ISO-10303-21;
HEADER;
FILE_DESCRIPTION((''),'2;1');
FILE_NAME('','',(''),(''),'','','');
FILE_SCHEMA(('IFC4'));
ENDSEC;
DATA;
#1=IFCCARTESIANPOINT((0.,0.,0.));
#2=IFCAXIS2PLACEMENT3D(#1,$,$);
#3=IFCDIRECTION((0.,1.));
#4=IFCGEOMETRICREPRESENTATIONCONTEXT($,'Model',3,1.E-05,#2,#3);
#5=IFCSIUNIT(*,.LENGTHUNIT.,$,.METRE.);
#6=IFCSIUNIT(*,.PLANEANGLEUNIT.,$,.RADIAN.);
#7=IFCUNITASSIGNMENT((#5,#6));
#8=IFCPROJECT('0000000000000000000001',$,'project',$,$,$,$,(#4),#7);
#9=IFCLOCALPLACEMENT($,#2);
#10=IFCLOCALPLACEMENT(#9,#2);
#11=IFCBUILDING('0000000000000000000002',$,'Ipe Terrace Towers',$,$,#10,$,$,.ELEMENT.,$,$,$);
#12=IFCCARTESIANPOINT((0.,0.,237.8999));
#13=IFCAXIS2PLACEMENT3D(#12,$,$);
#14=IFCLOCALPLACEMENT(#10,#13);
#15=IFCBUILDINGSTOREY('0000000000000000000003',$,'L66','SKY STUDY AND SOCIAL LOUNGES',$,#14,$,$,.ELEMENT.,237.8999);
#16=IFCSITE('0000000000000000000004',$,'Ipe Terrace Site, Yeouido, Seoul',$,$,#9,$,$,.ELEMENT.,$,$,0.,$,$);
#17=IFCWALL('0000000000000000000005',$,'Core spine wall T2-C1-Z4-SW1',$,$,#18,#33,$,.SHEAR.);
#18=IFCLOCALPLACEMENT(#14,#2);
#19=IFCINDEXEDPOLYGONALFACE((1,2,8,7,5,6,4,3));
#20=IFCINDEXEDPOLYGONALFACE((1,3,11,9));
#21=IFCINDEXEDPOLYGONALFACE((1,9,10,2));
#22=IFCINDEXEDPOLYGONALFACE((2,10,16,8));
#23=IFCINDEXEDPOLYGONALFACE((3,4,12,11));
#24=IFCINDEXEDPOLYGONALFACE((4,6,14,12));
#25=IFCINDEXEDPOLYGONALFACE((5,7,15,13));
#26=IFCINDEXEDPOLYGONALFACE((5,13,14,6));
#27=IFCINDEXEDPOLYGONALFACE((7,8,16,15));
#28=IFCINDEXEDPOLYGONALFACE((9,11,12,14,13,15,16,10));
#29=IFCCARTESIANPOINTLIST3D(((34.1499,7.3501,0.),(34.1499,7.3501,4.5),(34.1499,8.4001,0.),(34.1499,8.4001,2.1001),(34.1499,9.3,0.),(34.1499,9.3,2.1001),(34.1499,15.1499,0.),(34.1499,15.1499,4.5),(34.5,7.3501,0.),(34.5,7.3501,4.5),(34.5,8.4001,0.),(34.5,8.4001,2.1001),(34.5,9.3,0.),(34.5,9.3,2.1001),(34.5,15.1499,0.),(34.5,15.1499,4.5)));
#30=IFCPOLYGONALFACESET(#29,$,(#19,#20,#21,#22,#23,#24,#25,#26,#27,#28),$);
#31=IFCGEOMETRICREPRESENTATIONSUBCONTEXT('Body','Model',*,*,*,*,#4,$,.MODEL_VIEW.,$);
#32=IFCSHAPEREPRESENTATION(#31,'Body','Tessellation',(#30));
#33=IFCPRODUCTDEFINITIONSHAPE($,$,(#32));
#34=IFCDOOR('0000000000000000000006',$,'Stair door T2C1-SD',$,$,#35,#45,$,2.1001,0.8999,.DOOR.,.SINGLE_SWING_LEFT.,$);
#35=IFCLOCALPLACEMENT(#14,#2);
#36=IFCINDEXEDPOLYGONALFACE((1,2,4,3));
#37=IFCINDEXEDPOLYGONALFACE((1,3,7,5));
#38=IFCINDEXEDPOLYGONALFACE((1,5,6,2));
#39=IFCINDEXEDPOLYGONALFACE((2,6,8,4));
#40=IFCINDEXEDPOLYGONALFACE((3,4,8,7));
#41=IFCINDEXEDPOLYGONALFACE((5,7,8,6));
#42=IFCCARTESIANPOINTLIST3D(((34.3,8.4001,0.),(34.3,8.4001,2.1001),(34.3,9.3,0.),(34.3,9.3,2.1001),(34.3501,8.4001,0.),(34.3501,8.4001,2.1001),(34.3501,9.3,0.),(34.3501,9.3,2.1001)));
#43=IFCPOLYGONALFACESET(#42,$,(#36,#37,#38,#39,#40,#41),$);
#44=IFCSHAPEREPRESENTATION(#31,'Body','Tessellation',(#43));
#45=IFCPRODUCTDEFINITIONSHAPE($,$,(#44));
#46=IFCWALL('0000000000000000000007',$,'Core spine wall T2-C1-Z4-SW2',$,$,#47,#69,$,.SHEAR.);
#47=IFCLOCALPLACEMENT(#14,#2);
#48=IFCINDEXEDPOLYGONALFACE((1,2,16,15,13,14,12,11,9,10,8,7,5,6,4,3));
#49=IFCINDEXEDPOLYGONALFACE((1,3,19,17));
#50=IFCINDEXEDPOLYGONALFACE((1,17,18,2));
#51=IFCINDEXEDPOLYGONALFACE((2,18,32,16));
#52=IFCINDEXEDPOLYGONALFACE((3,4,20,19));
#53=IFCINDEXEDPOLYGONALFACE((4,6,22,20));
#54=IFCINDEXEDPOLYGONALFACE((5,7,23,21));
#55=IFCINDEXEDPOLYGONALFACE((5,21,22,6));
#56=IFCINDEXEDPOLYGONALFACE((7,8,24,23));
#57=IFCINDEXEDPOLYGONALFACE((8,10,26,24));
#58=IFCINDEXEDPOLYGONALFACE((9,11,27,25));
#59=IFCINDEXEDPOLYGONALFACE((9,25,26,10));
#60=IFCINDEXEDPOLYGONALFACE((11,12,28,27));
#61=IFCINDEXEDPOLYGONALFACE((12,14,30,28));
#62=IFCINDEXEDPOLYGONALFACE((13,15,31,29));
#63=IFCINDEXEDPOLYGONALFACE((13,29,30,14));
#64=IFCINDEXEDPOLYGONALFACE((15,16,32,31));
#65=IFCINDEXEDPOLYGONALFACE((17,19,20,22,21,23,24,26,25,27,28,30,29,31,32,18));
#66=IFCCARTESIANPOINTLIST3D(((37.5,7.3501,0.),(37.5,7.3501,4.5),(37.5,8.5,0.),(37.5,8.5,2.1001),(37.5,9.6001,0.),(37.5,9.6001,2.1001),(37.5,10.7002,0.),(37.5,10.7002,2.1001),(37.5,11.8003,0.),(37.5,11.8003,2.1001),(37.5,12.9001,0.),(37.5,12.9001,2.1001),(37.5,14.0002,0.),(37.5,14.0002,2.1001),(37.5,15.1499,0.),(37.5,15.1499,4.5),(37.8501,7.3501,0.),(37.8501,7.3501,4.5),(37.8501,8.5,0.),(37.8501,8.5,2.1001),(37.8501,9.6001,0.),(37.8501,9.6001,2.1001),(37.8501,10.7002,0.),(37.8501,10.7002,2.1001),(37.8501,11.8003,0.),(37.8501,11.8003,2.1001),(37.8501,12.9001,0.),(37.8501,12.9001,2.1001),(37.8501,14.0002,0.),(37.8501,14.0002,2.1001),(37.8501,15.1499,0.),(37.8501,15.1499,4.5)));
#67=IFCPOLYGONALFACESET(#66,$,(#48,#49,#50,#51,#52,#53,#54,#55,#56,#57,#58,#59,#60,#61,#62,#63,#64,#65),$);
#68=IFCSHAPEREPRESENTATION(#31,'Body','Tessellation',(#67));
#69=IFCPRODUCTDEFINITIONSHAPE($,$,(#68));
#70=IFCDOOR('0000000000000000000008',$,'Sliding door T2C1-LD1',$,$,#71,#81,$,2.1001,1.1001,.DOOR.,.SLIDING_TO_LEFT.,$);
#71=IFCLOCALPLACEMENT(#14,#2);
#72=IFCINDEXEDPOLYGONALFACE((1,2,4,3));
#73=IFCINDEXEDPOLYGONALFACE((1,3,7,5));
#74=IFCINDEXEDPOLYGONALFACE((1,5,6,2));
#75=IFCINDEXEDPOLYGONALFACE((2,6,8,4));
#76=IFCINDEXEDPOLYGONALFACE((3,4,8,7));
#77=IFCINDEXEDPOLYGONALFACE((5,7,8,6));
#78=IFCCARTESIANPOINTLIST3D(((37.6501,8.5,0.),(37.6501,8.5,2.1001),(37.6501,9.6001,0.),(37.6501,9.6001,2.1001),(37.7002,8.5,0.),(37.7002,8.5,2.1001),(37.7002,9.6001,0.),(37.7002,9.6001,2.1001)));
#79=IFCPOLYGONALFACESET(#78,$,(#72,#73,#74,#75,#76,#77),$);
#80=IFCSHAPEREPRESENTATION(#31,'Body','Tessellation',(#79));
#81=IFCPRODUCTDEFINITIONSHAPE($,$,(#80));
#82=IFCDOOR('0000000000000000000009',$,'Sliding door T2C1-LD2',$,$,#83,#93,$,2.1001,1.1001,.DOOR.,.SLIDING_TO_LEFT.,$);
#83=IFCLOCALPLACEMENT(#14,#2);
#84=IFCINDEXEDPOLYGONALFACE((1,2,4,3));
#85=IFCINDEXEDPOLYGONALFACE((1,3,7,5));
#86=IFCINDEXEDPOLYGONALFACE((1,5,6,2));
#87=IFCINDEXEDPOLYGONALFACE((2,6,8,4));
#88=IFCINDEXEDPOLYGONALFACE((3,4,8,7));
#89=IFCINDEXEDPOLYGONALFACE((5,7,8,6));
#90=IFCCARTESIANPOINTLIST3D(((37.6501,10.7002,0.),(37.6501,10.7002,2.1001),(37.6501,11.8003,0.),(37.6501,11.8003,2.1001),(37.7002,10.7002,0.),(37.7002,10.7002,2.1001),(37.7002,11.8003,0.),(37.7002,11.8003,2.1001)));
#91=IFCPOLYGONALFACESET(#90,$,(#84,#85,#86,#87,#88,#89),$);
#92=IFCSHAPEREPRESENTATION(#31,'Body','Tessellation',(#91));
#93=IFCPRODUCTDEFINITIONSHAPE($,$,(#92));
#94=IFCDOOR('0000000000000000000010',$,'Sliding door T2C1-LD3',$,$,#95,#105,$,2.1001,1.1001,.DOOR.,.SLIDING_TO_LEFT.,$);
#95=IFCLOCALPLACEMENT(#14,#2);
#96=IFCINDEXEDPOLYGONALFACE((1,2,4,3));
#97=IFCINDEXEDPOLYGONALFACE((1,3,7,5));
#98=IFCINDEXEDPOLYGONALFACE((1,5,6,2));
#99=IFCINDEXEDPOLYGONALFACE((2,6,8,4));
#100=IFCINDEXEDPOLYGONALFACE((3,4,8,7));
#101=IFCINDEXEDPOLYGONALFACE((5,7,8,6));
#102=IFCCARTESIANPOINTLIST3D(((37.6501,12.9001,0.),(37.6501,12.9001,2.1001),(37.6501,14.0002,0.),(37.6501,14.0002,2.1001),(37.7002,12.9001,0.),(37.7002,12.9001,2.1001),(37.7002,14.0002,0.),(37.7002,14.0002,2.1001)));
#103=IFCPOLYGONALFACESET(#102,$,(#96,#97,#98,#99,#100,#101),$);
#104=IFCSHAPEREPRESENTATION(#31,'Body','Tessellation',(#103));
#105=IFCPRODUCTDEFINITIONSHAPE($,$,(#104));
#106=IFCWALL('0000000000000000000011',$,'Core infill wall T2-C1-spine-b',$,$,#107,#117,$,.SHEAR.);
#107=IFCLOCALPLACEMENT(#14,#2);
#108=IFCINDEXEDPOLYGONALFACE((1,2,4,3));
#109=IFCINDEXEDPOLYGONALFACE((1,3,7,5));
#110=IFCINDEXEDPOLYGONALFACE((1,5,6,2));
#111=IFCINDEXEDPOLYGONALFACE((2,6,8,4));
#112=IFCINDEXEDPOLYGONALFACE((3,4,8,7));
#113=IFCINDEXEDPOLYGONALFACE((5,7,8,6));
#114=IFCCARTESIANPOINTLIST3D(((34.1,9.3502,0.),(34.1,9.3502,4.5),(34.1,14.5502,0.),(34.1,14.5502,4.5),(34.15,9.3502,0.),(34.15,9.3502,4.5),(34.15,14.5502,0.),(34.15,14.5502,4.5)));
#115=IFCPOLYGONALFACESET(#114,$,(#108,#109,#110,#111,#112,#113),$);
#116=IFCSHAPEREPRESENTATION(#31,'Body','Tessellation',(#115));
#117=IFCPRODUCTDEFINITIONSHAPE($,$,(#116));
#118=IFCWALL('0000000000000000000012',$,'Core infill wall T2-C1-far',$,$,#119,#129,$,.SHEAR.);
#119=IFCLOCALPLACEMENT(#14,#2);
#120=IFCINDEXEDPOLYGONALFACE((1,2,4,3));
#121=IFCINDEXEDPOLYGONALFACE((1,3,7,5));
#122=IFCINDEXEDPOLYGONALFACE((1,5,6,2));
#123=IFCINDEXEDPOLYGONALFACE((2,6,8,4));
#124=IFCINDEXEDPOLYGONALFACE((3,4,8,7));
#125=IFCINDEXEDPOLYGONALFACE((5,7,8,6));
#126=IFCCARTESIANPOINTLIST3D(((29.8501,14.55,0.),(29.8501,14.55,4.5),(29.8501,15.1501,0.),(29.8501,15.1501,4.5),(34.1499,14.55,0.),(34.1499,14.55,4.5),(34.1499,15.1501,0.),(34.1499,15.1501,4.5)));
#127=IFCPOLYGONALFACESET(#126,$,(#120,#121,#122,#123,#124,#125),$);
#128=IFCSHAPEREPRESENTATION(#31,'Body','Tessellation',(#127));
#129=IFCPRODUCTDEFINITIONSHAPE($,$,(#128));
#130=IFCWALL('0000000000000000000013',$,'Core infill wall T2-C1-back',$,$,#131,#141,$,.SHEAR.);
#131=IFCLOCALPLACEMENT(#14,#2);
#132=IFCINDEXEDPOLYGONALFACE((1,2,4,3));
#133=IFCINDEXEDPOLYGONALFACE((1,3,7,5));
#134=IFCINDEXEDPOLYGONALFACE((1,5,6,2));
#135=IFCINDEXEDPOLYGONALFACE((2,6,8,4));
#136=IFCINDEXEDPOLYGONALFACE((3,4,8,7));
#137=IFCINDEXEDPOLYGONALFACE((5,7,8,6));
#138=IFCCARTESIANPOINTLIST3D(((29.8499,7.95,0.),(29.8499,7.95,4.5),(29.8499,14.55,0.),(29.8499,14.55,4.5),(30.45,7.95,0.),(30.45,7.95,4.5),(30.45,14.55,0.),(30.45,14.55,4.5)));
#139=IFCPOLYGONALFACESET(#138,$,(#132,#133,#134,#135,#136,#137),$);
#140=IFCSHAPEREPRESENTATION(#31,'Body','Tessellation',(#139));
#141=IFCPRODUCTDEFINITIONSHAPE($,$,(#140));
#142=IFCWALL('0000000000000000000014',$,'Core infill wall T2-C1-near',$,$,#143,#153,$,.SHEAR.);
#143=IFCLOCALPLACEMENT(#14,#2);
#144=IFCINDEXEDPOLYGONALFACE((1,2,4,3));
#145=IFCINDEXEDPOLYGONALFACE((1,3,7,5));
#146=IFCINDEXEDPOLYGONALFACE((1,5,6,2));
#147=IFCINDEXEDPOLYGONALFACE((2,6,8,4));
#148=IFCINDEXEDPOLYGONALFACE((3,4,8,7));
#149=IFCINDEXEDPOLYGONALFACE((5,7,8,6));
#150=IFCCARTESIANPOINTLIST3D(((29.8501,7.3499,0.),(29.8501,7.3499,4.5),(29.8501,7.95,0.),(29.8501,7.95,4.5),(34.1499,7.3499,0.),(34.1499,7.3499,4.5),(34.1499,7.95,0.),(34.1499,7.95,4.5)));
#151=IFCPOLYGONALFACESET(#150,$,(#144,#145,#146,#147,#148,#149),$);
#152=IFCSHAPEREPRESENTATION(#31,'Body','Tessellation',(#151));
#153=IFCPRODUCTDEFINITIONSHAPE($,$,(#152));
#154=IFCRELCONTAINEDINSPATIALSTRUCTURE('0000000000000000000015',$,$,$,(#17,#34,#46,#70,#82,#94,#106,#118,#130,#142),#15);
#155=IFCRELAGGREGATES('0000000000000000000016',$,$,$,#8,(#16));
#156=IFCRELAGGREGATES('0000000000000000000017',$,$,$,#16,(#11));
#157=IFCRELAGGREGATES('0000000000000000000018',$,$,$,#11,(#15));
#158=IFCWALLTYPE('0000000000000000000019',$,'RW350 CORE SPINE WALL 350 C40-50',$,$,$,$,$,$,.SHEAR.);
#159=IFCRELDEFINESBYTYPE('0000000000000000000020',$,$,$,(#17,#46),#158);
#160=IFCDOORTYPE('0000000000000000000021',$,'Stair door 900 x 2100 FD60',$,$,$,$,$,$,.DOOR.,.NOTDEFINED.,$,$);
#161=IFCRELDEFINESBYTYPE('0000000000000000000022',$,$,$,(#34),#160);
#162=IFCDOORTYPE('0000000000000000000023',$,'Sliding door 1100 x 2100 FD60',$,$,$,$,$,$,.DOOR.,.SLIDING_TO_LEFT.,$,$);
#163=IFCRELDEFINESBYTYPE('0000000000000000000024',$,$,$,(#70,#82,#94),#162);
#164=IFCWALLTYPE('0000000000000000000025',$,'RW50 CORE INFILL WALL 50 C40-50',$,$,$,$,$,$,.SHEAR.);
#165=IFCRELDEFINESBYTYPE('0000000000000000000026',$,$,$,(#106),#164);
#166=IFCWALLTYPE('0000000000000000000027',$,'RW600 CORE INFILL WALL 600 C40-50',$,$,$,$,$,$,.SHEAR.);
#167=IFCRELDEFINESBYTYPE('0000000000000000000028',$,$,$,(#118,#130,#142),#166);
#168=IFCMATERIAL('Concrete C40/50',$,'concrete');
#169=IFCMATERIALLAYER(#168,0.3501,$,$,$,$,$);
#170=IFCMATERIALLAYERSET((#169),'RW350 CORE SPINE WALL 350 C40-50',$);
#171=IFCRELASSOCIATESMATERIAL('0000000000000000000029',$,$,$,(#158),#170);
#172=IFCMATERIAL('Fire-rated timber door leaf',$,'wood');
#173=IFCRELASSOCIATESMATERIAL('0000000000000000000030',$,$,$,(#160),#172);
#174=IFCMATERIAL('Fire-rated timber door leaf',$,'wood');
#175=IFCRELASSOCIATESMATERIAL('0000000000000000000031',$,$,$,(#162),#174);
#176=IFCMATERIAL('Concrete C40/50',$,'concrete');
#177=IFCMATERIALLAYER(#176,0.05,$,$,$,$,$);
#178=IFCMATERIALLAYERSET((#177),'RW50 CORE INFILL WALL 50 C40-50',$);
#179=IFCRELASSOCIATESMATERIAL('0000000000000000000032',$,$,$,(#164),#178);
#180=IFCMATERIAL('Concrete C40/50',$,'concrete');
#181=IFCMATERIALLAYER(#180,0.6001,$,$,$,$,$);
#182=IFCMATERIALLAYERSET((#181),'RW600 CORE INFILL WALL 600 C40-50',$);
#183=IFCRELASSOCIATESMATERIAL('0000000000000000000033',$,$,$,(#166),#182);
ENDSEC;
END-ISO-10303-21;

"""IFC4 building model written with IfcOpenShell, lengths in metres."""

from ifc_helpers import new_model, si_unit, direction, frame, frame_2d, origin, place, context, subcontext, project, spatial, rectangle, extrude, material, layer, layer_set, type_object, element, fill, save


model = new_model("IFC4")

# Units and contexts
model_context = context("Model", 3, precision=1e-05, world=origin(), true_north=direction((0.0, 1.0)))
body_context = subcontext(model_context, "Body", "Model", "MODEL_VIEW")
ifc_project = project(units=[si_unit("LENGTHUNIT", "METRE"), si_unit("PLANEANGLEUNIT", "RADIAN")], contexts=[model_context])

# Site, building, storey
site_placement = place(None, origin())
site = spatial("IfcSite", under=ifc_project, at=site_placement, Name="Ipe Terrace Site, Yeouido, Seoul", CompositionType="ELEMENT", RefElevation=0.0)
building_placement = place(site_placement, origin())
building = spatial("IfcBuilding", under=site, at=building_placement, Name="Ipe Terrace Towers", CompositionType="ELEMENT")
storey_placement = place(building_placement, frame((0.0, 0.0, 237.8999)))
storey = spatial("IfcBuildingStorey", under=building, at=storey_placement, Name="L66", Description="SKY STUDY AND SOCIAL LOUNGES", CompositionType="ELEMENT", Elevation=237.8999)

# Wall, opening, door
ifc_material_1 = material(Name="Concrete C40/50", Category="concrete")
ifc_layer_1 = layer(ifc_material_1, 0.3501)
ifc_layer_set_1 = layer_set([ifc_layer_1], Name="RW350 CORE SPINE WALL 350 C40-50")
wall_type_1 = type_object("IfcWallType", Name="RW350 CORE SPINE WALL 350 C40-50", PredefinedType="SHEAR", material=ifc_layer_set_1)
wall_1_placement = place(storey_placement, frame((34.325, 7.3501, 0.0), z_axis=(0.0, 0.0, 1.0), x_axis=(0.0, 1.0, 0.0)))
wall_1 = element("IfcWall", 1, at=wall_1_placement, inside=storey, type_object=wall_type_1, Name="Core spine wall T2-C1-Z4-SW1", PredefinedType="SHEAR", context=body_context, shape_type="SweptSolid", body=[
    extrude(rectangle(XDim=7.7998, YDim=0.3501, at=frame_2d((3.8999, 0.0))), origin(), (0.0, 0.0, 1.0), 4.5),
])
opening_1_placement = place(wall_1_placement, frame((1.05, 0.0, 0.0)))
opening_1 = element("IfcOpeningElement", 2, at=opening_1_placement, cuts=wall_1, PredefinedType="OPENING", context=body_context, shape_type="SweptSolid", body=[
    extrude(rectangle(XDim=0.8999, YDim=2.1001, at=frame_2d((0.45, 1.05))), frame((0.0, 0.1851, 0.0), z_axis=(0.0, -1.0, 0.0), x_axis=(1.0, 0.0, 0.0)), (0.0, 0.0, 1.0), 0.3701),
])
ifc_material_2 = material(Name="Fire-rated timber door leaf", Category="wood")
door_type_1 = type_object("IfcDoorType", Name="Stair door 900 x 2100 FD60", OperationType="NOTDEFINED", PredefinedType="DOOR", material=ifc_material_2)
door_1_placement = place(opening_1_placement, origin())
door_1 = element("IfcDoor", 3, at=door_1_placement, inside=storey, type_object=door_type_1, Name="Stair door T2C1-SD", OperationType="SINGLE_SWING_LEFT", OverallHeight=2.1001, OverallWidth=0.8999, PredefinedType="DOOR", context=body_context, shape_type="SweptSolid", body=[
    extrude(rectangle(XDim=0.8999, YDim=2.1001, at=frame_2d((0.45, 1.05))), frame((0.0, 0.0249, 0.0), z_axis=(0.0, -1.0, 0.0), x_axis=(1.0, 0.0, 0.0)), (0.0, 0.0, 1.0), 0.05),
])
fill(opening_1, door_1)

# Wall, openings, doors
wall_2_placement = place(storey_placement, frame((37.675, 7.3501, 0.0), z_axis=(0.0, 0.0, 1.0), x_axis=(0.0, 1.0, 0.0)))
wall_2 = element("IfcWall", 4, at=wall_2_placement, inside=storey, type_object=wall_type_1, Name="Core spine wall T2-C1-Z4-SW2", PredefinedType="SHEAR", context=body_context, shape_type="SweptSolid", body=[
    extrude(rectangle(XDim=7.7998, YDim=0.3501, at=frame_2d((3.8999, 0.0))), origin(), (0.0, 0.0, 1.0), 4.5),
])
opening_2_placement = place(wall_2_placement, frame((1.1499, 0.0, 0.0)))
opening_2 = element("IfcOpeningElement", 5, at=opening_2_placement, cuts=wall_2, PredefinedType="OPENING", context=body_context, shape_type="SweptSolid", body=[
    extrude(rectangle(XDim=1.1001, YDim=2.1001, at=frame_2d((0.55, 1.05))), frame((0.0, 0.1851, 0.0), z_axis=(0.0, -1.0, 0.0), x_axis=(1.0, 0.0, 0.0)), (0.0, 0.0, 1.0), 0.3701),
])
opening_3_placement = place(wall_2_placement, frame((3.3501, 0.0, 0.0)))
opening_3 = element("IfcOpeningElement", 6, at=opening_3_placement, cuts=wall_2, PredefinedType="OPENING", context=body_context, shape_type="SweptSolid", body=[
    extrude(rectangle(XDim=1.1001, YDim=2.1001, at=frame_2d((0.55, 1.05))), frame((0.0, 0.1851, 0.0), z_axis=(0.0, -1.0, 0.0), x_axis=(1.0, 0.0, 0.0)), (0.0, 0.0, 1.0), 0.3701),
])
opening_4_placement = place(wall_2_placement, frame((5.55, 0.0, 0.0)))
opening_4 = element("IfcOpeningElement", 7, at=opening_4_placement, cuts=wall_2, PredefinedType="OPENING", context=body_context, shape_type="SweptSolid", body=[
    extrude(rectangle(XDim=1.1001, YDim=2.1001, at=frame_2d((0.55, 1.05))), frame((0.0, 0.1851, 0.0), z_axis=(0.0, -1.0, 0.0), x_axis=(1.0, 0.0, 0.0)), (0.0, 0.0, 1.0), 0.3701),
])
ifc_material_3 = material(Name="Fire-rated timber door leaf", Category="wood")
door_type_2 = type_object("IfcDoorType", Name="Sliding door 1100 x 2100 FD60", OperationType="SLIDING_TO_LEFT", PredefinedType="DOOR", material=ifc_material_3)
door_2_placement = place(opening_2_placement, origin())
door_2 = element("IfcDoor", 8, at=door_2_placement, inside=storey, type_object=door_type_2, Name="Sliding door T2C1-LD1", OperationType="SLIDING_TO_LEFT", OverallHeight=2.1001, OverallWidth=1.1001, PredefinedType="DOOR", context=body_context, shape_type="SweptSolid", body=[
    extrude(rectangle(XDim=1.1001, YDim=2.1001, at=frame_2d((0.55, 1.05))), frame((0.0, 0.0249, 0.0), z_axis=(0.0, -1.0, 0.0), x_axis=(1.0, 0.0, 0.0)), (0.0, 0.0, 1.0), 0.05),
])
fill(opening_2, door_2)
door_3_placement = place(opening_3_placement, origin())
door_3 = element("IfcDoor", 9, at=door_3_placement, inside=storey, type_object=door_type_2, Name="Sliding door T2C1-LD2", OperationType="SLIDING_TO_LEFT", OverallHeight=2.1001, OverallWidth=1.1001, PredefinedType="DOOR", context=body_context, shape_type="SweptSolid", body=[
    extrude(rectangle(XDim=1.1001, YDim=2.1001, at=frame_2d((0.55, 1.05))), frame((0.0, 0.0249, 0.0), z_axis=(0.0, -1.0, 0.0), x_axis=(1.0, 0.0, 0.0)), (0.0, 0.0, 1.0), 0.05),
])
fill(opening_3, door_3)
door_4_placement = place(opening_4_placement, origin())
door_4 = element("IfcDoor", 10, at=door_4_placement, inside=storey, type_object=door_type_2, Name="Sliding door T2C1-LD3", OperationType="SLIDING_TO_LEFT", OverallHeight=2.1001, OverallWidth=1.1001, PredefinedType="DOOR", context=body_context, shape_type="SweptSolid", body=[
    extrude(rectangle(XDim=1.1001, YDim=2.1001, at=frame_2d((0.55, 1.05))), frame((0.0, 0.0249, 0.0), z_axis=(0.0, -1.0, 0.0), x_axis=(1.0, 0.0, 0.0)), (0.0, 0.0, 1.0), 0.05),
])
fill(opening_4, door_4)

# Walls
ifc_material_4 = material(Name="Concrete C40/50", Category="concrete")
ifc_layer_2 = layer(ifc_material_4, 0.05)
ifc_layer_set_2 = layer_set([ifc_layer_2], Name="RW50 CORE INFILL WALL 50 C40-50")
wall_type_2 = type_object("IfcWallType", Name="RW50 CORE INFILL WALL 50 C40-50", PredefinedType="SHEAR", material=ifc_layer_set_2)
wall_3_placement = place(storey_placement, frame((34.125, 9.3501, 0.0), z_axis=(0.0, 0.0, 1.0), x_axis=(0.0, 1.0, 0.0)))
element("IfcWall", 11, at=wall_3_placement, inside=storey, type_object=wall_type_2, Name="Core infill wall T2-C1-spine-b", PredefinedType="SHEAR", context=body_context, shape_type="SweptSolid", body=[
    extrude(rectangle(XDim=5.2, YDim=0.05, at=frame_2d((2.6001, 0.0))), origin(), (0.0, 0.0, 1.0), 4.5),
])
ifc_material_5 = material(Name="Concrete C40/50", Category="concrete")
ifc_layer_3 = layer(ifc_material_5, 0.6001)
ifc_layer_set_3 = layer_set([ifc_layer_3], Name="RW600 CORE INFILL WALL 600 C40-50")
wall_type_3 = type_object("IfcWallType", Name="RW600 CORE INFILL WALL 600 C40-50", PredefinedType="SHEAR", material=ifc_layer_set_3)
wall_4_placement = place(storey_placement, frame((34.1499, 14.8501, 0.0), z_axis=(0.0, 0.0, 1.0), x_axis=(-1.0, 0.0, 0.0)))
element("IfcWall", 12, at=wall_4_placement, inside=storey, type_object=wall_type_3, Name="Core infill wall T2-C1-far", PredefinedType="SHEAR", context=body_context, shape_type="SweptSolid", body=[
    extrude(rectangle(XDim=4.2998, YDim=0.6001, at=frame_2d((2.1499, 0.0))), origin(), (0.0, 0.0, 1.0), 4.5),
])
wall_5_placement = place(storey_placement, frame((30.1499, 7.95, 0.0), z_axis=(0.0, 0.0, 1.0), x_axis=(0.0, 1.0, 0.0)))
element("IfcWall", 13, at=wall_5_placement, inside=storey, type_object=wall_type_3, Name="Core infill wall T2-C1-back", PredefinedType="SHEAR", context=body_context, shape_type="SweptSolid", body=[
    extrude(rectangle(XDim=6.6001, YDim=0.6001, at=frame_2d((3.3, 0.0))), origin(), (0.0, 0.0, 1.0), 4.5),
])
wall_6_placement = place(storey_placement, frame((34.1499, 7.6499, 0.0), z_axis=(0.0, 0.0, 1.0), x_axis=(-1.0, 0.0, 0.0)))
element("IfcWall", 14, at=wall_6_placement, inside=storey, type_object=wall_type_3, Name="Core infill wall T2-C1-near", PredefinedType="SHEAR", context=body_context, shape_type="SweptSolid", body=[
    extrude(rectangle(XDim=4.2998, YDim=0.6001, at=frame_2d((2.1499, 0.0))), origin(), (0.0, 0.0, 1.0), 4.5),
])

save(model, "model.ifc")
